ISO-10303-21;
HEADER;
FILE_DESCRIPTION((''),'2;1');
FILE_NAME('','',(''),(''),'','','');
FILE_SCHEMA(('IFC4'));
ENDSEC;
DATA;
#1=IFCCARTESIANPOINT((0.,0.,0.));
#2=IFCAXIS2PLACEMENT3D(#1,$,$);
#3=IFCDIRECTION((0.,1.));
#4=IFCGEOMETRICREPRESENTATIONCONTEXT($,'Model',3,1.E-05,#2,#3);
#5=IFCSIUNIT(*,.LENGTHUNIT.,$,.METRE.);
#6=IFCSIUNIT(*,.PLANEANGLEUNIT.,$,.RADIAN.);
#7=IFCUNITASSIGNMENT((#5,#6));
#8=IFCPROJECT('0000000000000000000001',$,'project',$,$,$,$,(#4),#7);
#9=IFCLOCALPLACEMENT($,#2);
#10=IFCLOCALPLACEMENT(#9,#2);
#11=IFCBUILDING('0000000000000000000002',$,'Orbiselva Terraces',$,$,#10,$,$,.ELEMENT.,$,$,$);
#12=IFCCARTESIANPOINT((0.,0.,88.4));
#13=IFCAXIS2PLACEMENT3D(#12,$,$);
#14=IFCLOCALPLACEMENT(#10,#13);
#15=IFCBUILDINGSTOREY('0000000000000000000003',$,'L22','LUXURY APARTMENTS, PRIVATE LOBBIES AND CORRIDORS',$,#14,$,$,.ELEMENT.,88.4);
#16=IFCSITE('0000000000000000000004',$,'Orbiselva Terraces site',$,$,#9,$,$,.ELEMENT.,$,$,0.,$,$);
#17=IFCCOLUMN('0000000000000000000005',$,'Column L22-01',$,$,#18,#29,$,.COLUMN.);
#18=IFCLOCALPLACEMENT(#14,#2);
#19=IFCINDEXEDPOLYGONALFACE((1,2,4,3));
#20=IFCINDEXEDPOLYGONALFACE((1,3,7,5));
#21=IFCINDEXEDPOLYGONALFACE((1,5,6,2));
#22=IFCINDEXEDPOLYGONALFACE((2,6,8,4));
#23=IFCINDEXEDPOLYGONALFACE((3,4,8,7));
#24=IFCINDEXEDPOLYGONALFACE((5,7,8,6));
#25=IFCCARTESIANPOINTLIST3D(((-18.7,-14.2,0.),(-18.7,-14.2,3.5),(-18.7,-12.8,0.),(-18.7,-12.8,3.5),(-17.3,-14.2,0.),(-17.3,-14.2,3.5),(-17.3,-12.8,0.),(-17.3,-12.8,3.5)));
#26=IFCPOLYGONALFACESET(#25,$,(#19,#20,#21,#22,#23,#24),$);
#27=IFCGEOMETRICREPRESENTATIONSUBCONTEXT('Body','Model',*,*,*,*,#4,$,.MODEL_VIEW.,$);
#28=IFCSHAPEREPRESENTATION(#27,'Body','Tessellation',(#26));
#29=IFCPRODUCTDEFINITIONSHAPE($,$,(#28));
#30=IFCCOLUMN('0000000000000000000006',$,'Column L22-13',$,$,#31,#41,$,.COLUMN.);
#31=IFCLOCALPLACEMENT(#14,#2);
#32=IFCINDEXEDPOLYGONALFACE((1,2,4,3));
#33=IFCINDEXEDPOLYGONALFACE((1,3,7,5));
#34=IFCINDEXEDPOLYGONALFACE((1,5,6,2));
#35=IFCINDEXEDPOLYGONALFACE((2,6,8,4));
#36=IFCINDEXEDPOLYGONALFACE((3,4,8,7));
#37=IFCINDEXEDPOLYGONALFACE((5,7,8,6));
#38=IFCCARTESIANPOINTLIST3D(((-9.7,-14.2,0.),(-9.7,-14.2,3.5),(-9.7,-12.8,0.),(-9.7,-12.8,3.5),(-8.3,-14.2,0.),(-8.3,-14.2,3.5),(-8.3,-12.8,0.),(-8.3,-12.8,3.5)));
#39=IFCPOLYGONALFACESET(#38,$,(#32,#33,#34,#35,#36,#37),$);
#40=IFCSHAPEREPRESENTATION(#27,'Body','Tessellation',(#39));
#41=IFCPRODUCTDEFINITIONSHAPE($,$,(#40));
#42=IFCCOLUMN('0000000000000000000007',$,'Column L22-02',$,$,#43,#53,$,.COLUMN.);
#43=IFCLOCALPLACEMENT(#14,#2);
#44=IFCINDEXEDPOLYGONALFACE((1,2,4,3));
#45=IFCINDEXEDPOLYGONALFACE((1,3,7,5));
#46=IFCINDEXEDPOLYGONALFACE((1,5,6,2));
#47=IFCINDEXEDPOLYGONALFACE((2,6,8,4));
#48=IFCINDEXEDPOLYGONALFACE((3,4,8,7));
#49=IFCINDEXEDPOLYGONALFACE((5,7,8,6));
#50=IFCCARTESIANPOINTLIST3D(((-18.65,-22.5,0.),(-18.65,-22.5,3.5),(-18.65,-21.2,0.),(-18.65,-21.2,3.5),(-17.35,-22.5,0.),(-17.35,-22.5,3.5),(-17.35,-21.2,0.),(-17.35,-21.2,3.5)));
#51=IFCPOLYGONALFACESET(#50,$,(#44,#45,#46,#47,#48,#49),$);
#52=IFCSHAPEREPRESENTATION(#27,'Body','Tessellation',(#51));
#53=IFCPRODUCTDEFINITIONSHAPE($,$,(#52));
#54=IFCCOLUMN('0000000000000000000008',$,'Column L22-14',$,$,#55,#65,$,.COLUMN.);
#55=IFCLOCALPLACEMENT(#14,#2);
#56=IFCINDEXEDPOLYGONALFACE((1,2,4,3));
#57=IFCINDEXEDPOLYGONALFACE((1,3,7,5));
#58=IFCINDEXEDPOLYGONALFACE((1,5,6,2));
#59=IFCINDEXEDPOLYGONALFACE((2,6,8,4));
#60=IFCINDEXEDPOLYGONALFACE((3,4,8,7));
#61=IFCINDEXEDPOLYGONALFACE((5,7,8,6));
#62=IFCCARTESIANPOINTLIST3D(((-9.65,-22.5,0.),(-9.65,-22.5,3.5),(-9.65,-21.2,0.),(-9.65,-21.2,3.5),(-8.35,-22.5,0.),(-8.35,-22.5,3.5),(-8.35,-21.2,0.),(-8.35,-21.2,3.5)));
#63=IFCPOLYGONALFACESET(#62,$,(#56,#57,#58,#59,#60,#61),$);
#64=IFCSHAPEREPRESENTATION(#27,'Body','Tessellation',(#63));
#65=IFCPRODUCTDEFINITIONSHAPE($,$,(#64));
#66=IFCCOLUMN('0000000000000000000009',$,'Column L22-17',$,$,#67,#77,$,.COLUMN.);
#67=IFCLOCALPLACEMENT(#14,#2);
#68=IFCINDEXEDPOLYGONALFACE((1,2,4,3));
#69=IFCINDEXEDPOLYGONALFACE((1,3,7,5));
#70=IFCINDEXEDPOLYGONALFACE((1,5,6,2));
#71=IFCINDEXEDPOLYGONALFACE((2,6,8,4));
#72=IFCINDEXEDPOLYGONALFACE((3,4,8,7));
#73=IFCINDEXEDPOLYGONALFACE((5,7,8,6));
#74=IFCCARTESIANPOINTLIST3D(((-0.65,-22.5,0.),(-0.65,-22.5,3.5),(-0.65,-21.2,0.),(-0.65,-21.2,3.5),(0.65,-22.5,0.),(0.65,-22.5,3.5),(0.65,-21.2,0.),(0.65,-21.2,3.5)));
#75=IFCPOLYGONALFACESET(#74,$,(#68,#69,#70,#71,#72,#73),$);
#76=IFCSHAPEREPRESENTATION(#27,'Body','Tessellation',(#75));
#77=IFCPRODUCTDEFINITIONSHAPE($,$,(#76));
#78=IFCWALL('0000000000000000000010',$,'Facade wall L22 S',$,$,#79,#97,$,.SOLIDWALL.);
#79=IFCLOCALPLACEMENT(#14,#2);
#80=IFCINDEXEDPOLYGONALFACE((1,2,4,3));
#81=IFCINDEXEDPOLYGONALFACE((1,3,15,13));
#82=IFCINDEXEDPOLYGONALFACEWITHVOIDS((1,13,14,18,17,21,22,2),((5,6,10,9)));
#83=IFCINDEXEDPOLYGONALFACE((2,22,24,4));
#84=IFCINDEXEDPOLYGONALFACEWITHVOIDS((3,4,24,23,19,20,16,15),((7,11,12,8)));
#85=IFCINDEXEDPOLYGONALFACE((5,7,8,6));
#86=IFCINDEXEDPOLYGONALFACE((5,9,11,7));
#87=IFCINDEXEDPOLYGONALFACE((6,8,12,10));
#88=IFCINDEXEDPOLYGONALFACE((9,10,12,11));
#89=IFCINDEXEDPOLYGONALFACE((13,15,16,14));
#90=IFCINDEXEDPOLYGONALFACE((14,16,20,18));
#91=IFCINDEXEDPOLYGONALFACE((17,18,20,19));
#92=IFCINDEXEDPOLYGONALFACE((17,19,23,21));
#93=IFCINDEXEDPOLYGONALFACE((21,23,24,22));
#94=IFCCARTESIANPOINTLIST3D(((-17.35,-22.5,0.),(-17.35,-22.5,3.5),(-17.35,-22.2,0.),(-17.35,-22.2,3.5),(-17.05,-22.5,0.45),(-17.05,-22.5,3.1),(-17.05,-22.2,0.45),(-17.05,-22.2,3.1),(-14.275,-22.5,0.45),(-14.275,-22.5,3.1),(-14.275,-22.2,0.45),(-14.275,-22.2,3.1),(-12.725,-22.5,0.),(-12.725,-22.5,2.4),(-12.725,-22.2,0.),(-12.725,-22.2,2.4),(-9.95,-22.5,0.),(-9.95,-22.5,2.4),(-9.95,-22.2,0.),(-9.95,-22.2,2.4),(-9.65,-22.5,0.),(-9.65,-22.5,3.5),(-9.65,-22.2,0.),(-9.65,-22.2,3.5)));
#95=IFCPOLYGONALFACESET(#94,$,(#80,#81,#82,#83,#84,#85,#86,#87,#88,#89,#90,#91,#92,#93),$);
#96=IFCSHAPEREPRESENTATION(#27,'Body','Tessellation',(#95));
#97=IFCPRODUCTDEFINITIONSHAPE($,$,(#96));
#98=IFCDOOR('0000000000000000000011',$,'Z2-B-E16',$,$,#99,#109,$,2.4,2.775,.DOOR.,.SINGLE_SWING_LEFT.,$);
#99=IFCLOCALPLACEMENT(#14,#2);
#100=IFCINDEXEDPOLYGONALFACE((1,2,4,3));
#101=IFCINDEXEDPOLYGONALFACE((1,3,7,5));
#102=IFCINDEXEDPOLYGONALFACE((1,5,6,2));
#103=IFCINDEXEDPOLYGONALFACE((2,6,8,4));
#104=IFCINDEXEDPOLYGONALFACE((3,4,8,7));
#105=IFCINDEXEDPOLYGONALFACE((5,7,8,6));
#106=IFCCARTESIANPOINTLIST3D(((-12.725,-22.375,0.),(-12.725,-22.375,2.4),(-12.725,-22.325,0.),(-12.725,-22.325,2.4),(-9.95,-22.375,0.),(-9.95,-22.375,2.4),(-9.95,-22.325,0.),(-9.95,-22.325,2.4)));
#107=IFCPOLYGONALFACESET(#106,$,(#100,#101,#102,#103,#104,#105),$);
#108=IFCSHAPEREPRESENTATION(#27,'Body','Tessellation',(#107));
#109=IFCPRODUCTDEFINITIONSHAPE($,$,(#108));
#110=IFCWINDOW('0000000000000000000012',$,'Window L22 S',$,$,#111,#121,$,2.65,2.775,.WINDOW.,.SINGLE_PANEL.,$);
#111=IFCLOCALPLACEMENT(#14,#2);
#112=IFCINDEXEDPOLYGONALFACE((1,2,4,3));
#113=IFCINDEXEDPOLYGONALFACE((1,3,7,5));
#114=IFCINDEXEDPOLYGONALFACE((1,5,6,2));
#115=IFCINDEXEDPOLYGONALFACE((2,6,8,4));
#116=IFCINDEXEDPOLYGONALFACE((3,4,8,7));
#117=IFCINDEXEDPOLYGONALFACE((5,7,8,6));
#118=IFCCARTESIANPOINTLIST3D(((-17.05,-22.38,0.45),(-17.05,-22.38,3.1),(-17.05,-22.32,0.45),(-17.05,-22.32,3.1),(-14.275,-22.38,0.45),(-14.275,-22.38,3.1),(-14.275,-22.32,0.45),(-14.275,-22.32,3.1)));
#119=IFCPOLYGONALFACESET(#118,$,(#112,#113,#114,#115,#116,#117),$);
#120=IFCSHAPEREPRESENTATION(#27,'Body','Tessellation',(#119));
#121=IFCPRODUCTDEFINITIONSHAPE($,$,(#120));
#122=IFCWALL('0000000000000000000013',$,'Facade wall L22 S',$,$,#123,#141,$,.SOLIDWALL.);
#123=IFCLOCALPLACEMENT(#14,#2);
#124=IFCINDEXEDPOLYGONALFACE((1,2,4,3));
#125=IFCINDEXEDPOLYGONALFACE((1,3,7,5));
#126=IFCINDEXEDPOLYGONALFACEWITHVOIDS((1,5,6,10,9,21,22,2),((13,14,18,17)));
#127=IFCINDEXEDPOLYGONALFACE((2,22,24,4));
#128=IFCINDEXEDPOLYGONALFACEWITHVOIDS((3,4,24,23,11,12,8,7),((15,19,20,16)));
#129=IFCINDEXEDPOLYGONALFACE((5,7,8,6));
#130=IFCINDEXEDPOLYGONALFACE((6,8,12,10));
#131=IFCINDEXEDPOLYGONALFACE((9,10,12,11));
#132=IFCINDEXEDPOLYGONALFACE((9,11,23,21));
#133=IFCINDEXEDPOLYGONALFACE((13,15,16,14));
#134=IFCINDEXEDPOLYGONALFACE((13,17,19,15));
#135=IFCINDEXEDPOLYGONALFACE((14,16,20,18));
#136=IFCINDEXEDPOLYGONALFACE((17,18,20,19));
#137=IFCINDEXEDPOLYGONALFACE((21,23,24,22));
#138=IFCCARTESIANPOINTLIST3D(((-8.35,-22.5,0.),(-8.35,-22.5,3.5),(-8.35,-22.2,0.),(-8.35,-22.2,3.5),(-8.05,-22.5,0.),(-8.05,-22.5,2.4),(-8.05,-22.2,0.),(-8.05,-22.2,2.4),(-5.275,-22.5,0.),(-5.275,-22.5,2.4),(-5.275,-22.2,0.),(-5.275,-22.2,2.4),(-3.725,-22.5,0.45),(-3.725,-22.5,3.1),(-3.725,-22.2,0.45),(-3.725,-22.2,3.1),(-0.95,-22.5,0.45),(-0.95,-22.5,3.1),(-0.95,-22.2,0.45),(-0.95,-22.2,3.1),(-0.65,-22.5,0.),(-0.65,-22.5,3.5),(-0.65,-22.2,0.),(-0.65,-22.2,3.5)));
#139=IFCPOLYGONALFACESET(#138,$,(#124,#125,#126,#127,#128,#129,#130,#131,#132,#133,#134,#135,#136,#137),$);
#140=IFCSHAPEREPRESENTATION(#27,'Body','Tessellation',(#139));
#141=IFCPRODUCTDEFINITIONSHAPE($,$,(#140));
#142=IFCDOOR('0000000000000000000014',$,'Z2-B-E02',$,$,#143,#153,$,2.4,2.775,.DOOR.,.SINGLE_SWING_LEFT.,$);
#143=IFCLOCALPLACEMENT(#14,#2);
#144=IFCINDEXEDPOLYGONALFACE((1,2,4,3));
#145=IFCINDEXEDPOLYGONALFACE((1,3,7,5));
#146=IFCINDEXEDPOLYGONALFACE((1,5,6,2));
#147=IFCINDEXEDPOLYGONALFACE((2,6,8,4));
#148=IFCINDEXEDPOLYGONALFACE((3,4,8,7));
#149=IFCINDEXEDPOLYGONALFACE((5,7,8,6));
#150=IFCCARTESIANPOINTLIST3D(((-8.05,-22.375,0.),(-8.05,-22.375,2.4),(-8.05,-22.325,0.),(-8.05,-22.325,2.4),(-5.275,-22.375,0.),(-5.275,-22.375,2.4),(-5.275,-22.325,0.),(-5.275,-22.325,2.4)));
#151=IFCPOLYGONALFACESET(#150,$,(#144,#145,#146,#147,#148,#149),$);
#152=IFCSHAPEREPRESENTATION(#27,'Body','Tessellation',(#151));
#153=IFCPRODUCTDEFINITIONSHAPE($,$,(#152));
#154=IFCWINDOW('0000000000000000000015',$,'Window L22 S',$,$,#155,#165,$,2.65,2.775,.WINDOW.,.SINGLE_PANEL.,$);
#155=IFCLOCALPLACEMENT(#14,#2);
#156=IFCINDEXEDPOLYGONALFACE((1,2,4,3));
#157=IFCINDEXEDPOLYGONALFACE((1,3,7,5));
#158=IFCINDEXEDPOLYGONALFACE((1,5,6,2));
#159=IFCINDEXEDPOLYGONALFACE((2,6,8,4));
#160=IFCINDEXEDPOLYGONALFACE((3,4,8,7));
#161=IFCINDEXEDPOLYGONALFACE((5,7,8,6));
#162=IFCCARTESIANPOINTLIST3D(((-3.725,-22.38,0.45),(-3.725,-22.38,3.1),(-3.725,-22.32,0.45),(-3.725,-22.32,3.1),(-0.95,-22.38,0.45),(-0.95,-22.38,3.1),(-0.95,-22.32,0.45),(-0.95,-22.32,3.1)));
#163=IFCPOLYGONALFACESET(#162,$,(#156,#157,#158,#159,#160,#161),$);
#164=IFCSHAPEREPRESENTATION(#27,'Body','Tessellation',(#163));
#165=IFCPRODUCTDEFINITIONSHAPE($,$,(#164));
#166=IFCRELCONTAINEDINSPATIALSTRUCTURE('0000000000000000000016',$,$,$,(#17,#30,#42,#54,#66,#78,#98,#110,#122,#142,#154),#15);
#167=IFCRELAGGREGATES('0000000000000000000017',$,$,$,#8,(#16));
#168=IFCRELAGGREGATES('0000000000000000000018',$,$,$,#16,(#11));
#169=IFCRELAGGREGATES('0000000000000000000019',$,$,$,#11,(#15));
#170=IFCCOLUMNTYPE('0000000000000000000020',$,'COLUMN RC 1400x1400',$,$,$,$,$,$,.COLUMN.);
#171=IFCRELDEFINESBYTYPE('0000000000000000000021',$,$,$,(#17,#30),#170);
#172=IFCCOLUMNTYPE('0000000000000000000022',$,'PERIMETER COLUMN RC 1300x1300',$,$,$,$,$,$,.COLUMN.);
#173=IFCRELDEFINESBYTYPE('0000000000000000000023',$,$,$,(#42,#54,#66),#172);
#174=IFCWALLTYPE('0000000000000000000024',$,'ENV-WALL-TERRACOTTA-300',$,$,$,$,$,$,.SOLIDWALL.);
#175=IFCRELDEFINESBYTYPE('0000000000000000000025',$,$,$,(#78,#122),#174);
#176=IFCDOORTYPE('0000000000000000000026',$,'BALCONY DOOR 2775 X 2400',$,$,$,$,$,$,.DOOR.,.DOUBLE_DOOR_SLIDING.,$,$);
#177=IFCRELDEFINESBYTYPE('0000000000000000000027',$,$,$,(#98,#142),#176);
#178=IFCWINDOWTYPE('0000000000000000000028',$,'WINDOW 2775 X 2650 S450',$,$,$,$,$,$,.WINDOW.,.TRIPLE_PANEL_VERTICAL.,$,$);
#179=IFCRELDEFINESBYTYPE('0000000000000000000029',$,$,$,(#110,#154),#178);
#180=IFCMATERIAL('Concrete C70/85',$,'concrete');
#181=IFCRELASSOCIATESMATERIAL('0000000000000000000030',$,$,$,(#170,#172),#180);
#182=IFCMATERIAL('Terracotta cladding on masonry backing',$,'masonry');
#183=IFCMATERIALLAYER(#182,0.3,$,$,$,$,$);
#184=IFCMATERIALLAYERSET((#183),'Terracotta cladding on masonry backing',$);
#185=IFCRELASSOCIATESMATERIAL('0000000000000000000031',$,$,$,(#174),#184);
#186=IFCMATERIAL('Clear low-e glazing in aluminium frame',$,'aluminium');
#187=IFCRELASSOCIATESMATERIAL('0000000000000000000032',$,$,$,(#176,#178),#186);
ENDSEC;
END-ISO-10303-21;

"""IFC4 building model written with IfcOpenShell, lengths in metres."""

from ifc_helpers import new_model, si_unit, direction, frame, frame_2d, origin, origin_2d, place, context, subcontext, project, spatial, rectangle, extrude, material, layer, layer_set, material_profile, profile_set, type_object, element, fill, save


model = new_model("IFC4")

# Units and contexts
model_context = context("Model", 3, precision=1e-05, world=origin(), true_north=direction((0.0, 1.0)))
body_context = subcontext(model_context, "Body", "Model", "MODEL_VIEW")
ifc_project = project(units=[si_unit("LENGTHUNIT", "METRE"), si_unit("PLANEANGLEUNIT", "RADIAN")], contexts=[model_context])

# Site, building, storey
site_placement = place(None, origin())
site = spatial("IfcSite", under=ifc_project, at=site_placement, Name="Orbiselva Terraces site", CompositionType="ELEMENT", RefElevation=0.0)
building_placement = place(site_placement, origin())
building = spatial("IfcBuilding", under=site, at=building_placement, Name="Orbiselva Terraces", CompositionType="ELEMENT")
storey_placement = place(building_placement, frame((0.0, 0.0, 88.4)))
storey = spatial("IfcBuildingStorey", under=building, at=storey_placement, Name="L22", Description="LUXURY APARTMENTS, PRIVATE LOBBIES AND CORRIDORS", CompositionType="ELEMENT", Elevation=88.4)

# Columns
ifc_material_1 = material(Name="Concrete C70/85", Category="concrete")
ifc_material_profile_1 = material_profile(ifc_material_1, rectangle(XDim=1.4, YDim=1.4, at=origin_2d()), Name="RC 1400x1400")
ifc_profile_set_1 = profile_set([ifc_material_profile_1], Name="Concrete C70/85")
column_type_1 = type_object("IfcColumnType", Name="COLUMN RC 1400x1400", PredefinedType="COLUMN", material=ifc_profile_set_1)
for number, where, z_axis, x_axis, name in (
    (1, (-18.0, -13.5, 0.0), (0.0, 0.0, 1.0), (1.0, 0.0, 0.0), "Column L22-01"),
    (2, (-9.0, -13.5, 0.0), (0.0, 0.0, 1.0), (1.0, 0.0, 0.0), "Column L22-13"),
):
    element("IfcColumn", number, at=place(storey_placement, frame(where, z_axis=z_axis, x_axis=x_axis)), inside=storey, type_object=column_type_1, Name=name, PredefinedType="COLUMN", context=body_context, shape_type="SweptSolid", body=[
        extrude(rectangle(XDim=1.4, YDim=1.4, at=origin_2d()), origin(), (0.0, 0.0, 1.0), 3.5),
    ])
ifc_material_profile_2 = material_profile(ifc_material_1, rectangle(XDim=1.3, YDim=1.3, at=origin_2d()), Name="RC 1300x1300")
ifc_profile_set_2 = profile_set([ifc_material_profile_2], Name="Concrete C70/85")
column_type_2 = type_object("IfcColumnType", Name="PERIMETER COLUMN RC 1300x1300", PredefinedType="COLUMN", material=ifc_profile_set_2)
for number, where, z_axis, x_axis, name in (
    (3, (-18.0, -21.85, 0.0), (0.0, 0.0, 1.0), (1.0, 0.0, 0.0), "Column L22-02"),
    (4, (-9.0, -21.85, 0.0), (0.0, 0.0, 1.0), (1.0, 0.0, 0.0), "Column L22-14"),
    (5, (0.0, -21.85, 0.0), (0.0, 0.0, 1.0), (1.0, 0.0, 0.0), "Column L22-17"),
):
    element("IfcColumn", number, at=place(storey_placement, frame(where, z_axis=z_axis, x_axis=x_axis)), inside=storey, type_object=column_type_2, Name=name, PredefinedType="COLUMN", context=body_context, shape_type="SweptSolid", body=[
        extrude(rectangle(XDim=1.3, YDim=1.3, at=origin_2d()), origin(), (0.0, 0.0, 1.0), 3.5),
    ])

# Walls, openings, doors, windows
ifc_material_2 = material(Name="Terracotta cladding on masonry backing", Category="masonry")
ifc_layer_1 = layer(ifc_material_2, 0.3)
ifc_layer_set_1 = layer_set([ifc_layer_1], Name="Terracotta cladding on masonry backing")
wall_type_1 = type_object("IfcWallType", Name="ENV-WALL-TERRACOTTA-300", PredefinedType="SOLIDWALL", material=ifc_layer_set_1)
wall_1_placement = place(storey_placement, frame((-9.65, -22.35, 0.0), z_axis=(0.0, 0.0, 1.0), x_axis=(-1.0, 0.0, 0.0)))
wall_1 = element("IfcWall", 6, at=wall_1_placement, inside=storey, type_object=wall_type_1, Name="Facade wall L22 S", PredefinedType="SOLIDWALL", context=body_context, shape_type="SweptSolid", body=[
    extrude(rectangle(XDim=7.7, YDim=0.3, at=frame_2d((3.85, 0.0))), origin(), (0.0, 0.0, 1.0), 3.5),
])
opening_1_placement = place(wall_1_placement, frame((4.625, 0.0, 0.45)))
opening_1 = element("IfcOpeningElement", 7, at=opening_1_placement, cuts=wall_1, PredefinedType="OPENING", context=body_context, shape_type="SweptSolid", body=[
    extrude(rectangle(XDim=2.775, YDim=2.65, at=frame_2d((1.3875, 1.325))), frame((0.0, 0.16, 0.0), z_axis=(0.0, -1.0, 0.0), x_axis=(1.0, 0.0, 0.0)), (0.0, 0.0, 1.0), 0.32),
])
opening_2_placement = place(wall_1_placement, frame((0.3, 0.0, 0.0)))
opening_2 = element("IfcOpeningElement", 8, at=opening_2_placement, cuts=wall_1, PredefinedType="OPENING", context=body_context, shape_type="SweptSolid", body=[
    extrude(rectangle(XDim=2.775, YDim=2.4, at=frame_2d((1.3875, 1.2))), frame((0.0, 0.16, 0.0), z_axis=(0.0, -1.0, 0.0), x_axis=(1.0, 0.0, 0.0)), (0.0, 0.0, 1.0), 0.32),
])
ifc_material_3 = material(Name="Clear low-e glazing in aluminium frame", Category="aluminium")
door_type_1 = type_object("IfcDoorType", Name="BALCONY DOOR 2775 X 2400", OperationType="DOUBLE_DOOR_SLIDING", PredefinedType="DOOR", material=ifc_material_3)
door_1_placement = place(opening_2_placement, origin())
door_1 = element("IfcDoor", 9, at=door_1_placement, inside=storey, type_object=door_type_1, Name="Z2-B-E16", OperationType="SINGLE_SWING_LEFT", OverallHeight=2.4, OverallWidth=2.775, PredefinedType="DOOR", context=body_context, shape_type="SweptSolid", body=[
    extrude(rectangle(XDim=2.775, YDim=2.4, at=frame_2d((1.3875, 1.2))), frame((0.0, 0.025, 0.0), z_axis=(0.0, -1.0, 0.0), x_axis=(1.0, 0.0, 0.0)), (0.0, 0.0, 1.0), 0.05),
])
fill(opening_2, door_1)
window_type = type_object("IfcWindowType", Name="WINDOW 2775 X 2650 S450", PartitioningType="TRIPLE_PANEL_VERTICAL", PredefinedType="WINDOW", material=ifc_material_3)
window_1_placement = place(opening_1_placement, origin())
window_1 = element("IfcWindow", 10, at=window_1_placement, inside=storey, type_object=window_type, Name="Window L22 S", OverallHeight=2.65, OverallWidth=2.775, PartitioningType="SINGLE_PANEL", PredefinedType="WINDOW", context=body_context, shape_type="SweptSolid", body=[
    extrude(rectangle(XDim=2.775, YDim=2.65, at=frame_2d((1.3875, 1.325))), frame((0.0, 0.03, 0.0), z_axis=(0.0, -1.0, 0.0), x_axis=(1.0, 0.0, 0.0)), (0.0, 0.0, 1.0), 0.06),
])
fill(opening_1, window_1)
wall_2_placement = place(storey_placement, frame((-0.65, -22.35, 0.0), z_axis=(0.0, 0.0, 1.0), x_axis=(-1.0, 0.0, 0.0)))
wall_2 = element("IfcWall", 11, at=wall_2_placement, inside=storey, type_object=wall_type_1, Name="Facade wall L22 S", PredefinedType="SOLIDWALL", context=body_context, shape_type="SweptSolid", body=[
    extrude(rectangle(XDim=7.7, YDim=0.3, at=frame_2d((3.85, 0.0))), origin(), (0.0, 0.0, 1.0), 3.5),
])
opening_3_placement = place(wall_2_placement, frame((4.625, 0.0, 0.0)))
opening_3 = element("IfcOpeningElement", 12, at=opening_3_placement, cuts=wall_2, PredefinedType="OPENING", context=body_context, shape_type="SweptSolid", body=[
    extrude(rectangle(XDim=2.775, YDim=2.4, at=frame_2d((1.3875, 1.2))), frame((0.0, 0.16, 0.0), z_axis=(0.0, -1.0, 0.0), x_axis=(1.0, 0.0, 0.0)), (0.0, 0.0, 1.0), 0.32),
])
opening_4_placement = place(wall_2_placement, frame((0.3, 0.0, 0.45)))
opening_4 = element("IfcOpeningElement", 13, at=opening_4_placement, cuts=wall_2, PredefinedType="OPENING", context=body_context, shape_type="SweptSolid", body=[
    extrude(rectangle(XDim=2.775, YDim=2.65, at=frame_2d((1.3875, 1.325))), frame((0.0, 0.16, 0.0), z_axis=(0.0, -1.0, 0.0), x_axis=(1.0, 0.0, 0.0)), (0.0, 0.0, 1.0), 0.32),
])
door_2_placement = place(opening_3_placement, origin())
door_2 = element("IfcDoor", 14, at=door_2_placement, inside=storey, type_object=door_type_1, Name="Z2-B-E02", OperationType="SINGLE_SWING_LEFT", OverallHeight=2.4, OverallWidth=2.775, PredefinedType="DOOR", context=body_context, shape_type="SweptSolid", body=[
    extrude(rectangle(XDim=2.775, YDim=2.4, at=frame_2d((1.3875, 1.2))), frame((0.0, 0.025, 0.0), z_axis=(0.0, -1.0, 0.0), x_axis=(1.0, 0.0, 0.0)), (0.0, 0.0, 1.0), 0.05),
])
fill(opening_3, door_2)
window_2_placement = place(opening_4_placement, origin())
window_2 = element("IfcWindow", 15, at=window_2_placement, inside=storey, type_object=window_type, Name="Window L22 S", OverallHeight=2.65, OverallWidth=2.775, PartitioningType="SINGLE_PANEL", PredefinedType="WINDOW", context=body_context, shape_type="SweptSolid", body=[
    extrude(rectangle(XDim=2.775, YDim=2.65, at=frame_2d((1.3875, 1.325))), frame((0.0, 0.03, 0.0), z_axis=(0.0, -1.0, 0.0), x_axis=(1.0, 0.0, 0.0)), (0.0, 0.0, 1.0), 0.06),
])
fill(opening_4, window_2)

save(model, "model.ifc")
